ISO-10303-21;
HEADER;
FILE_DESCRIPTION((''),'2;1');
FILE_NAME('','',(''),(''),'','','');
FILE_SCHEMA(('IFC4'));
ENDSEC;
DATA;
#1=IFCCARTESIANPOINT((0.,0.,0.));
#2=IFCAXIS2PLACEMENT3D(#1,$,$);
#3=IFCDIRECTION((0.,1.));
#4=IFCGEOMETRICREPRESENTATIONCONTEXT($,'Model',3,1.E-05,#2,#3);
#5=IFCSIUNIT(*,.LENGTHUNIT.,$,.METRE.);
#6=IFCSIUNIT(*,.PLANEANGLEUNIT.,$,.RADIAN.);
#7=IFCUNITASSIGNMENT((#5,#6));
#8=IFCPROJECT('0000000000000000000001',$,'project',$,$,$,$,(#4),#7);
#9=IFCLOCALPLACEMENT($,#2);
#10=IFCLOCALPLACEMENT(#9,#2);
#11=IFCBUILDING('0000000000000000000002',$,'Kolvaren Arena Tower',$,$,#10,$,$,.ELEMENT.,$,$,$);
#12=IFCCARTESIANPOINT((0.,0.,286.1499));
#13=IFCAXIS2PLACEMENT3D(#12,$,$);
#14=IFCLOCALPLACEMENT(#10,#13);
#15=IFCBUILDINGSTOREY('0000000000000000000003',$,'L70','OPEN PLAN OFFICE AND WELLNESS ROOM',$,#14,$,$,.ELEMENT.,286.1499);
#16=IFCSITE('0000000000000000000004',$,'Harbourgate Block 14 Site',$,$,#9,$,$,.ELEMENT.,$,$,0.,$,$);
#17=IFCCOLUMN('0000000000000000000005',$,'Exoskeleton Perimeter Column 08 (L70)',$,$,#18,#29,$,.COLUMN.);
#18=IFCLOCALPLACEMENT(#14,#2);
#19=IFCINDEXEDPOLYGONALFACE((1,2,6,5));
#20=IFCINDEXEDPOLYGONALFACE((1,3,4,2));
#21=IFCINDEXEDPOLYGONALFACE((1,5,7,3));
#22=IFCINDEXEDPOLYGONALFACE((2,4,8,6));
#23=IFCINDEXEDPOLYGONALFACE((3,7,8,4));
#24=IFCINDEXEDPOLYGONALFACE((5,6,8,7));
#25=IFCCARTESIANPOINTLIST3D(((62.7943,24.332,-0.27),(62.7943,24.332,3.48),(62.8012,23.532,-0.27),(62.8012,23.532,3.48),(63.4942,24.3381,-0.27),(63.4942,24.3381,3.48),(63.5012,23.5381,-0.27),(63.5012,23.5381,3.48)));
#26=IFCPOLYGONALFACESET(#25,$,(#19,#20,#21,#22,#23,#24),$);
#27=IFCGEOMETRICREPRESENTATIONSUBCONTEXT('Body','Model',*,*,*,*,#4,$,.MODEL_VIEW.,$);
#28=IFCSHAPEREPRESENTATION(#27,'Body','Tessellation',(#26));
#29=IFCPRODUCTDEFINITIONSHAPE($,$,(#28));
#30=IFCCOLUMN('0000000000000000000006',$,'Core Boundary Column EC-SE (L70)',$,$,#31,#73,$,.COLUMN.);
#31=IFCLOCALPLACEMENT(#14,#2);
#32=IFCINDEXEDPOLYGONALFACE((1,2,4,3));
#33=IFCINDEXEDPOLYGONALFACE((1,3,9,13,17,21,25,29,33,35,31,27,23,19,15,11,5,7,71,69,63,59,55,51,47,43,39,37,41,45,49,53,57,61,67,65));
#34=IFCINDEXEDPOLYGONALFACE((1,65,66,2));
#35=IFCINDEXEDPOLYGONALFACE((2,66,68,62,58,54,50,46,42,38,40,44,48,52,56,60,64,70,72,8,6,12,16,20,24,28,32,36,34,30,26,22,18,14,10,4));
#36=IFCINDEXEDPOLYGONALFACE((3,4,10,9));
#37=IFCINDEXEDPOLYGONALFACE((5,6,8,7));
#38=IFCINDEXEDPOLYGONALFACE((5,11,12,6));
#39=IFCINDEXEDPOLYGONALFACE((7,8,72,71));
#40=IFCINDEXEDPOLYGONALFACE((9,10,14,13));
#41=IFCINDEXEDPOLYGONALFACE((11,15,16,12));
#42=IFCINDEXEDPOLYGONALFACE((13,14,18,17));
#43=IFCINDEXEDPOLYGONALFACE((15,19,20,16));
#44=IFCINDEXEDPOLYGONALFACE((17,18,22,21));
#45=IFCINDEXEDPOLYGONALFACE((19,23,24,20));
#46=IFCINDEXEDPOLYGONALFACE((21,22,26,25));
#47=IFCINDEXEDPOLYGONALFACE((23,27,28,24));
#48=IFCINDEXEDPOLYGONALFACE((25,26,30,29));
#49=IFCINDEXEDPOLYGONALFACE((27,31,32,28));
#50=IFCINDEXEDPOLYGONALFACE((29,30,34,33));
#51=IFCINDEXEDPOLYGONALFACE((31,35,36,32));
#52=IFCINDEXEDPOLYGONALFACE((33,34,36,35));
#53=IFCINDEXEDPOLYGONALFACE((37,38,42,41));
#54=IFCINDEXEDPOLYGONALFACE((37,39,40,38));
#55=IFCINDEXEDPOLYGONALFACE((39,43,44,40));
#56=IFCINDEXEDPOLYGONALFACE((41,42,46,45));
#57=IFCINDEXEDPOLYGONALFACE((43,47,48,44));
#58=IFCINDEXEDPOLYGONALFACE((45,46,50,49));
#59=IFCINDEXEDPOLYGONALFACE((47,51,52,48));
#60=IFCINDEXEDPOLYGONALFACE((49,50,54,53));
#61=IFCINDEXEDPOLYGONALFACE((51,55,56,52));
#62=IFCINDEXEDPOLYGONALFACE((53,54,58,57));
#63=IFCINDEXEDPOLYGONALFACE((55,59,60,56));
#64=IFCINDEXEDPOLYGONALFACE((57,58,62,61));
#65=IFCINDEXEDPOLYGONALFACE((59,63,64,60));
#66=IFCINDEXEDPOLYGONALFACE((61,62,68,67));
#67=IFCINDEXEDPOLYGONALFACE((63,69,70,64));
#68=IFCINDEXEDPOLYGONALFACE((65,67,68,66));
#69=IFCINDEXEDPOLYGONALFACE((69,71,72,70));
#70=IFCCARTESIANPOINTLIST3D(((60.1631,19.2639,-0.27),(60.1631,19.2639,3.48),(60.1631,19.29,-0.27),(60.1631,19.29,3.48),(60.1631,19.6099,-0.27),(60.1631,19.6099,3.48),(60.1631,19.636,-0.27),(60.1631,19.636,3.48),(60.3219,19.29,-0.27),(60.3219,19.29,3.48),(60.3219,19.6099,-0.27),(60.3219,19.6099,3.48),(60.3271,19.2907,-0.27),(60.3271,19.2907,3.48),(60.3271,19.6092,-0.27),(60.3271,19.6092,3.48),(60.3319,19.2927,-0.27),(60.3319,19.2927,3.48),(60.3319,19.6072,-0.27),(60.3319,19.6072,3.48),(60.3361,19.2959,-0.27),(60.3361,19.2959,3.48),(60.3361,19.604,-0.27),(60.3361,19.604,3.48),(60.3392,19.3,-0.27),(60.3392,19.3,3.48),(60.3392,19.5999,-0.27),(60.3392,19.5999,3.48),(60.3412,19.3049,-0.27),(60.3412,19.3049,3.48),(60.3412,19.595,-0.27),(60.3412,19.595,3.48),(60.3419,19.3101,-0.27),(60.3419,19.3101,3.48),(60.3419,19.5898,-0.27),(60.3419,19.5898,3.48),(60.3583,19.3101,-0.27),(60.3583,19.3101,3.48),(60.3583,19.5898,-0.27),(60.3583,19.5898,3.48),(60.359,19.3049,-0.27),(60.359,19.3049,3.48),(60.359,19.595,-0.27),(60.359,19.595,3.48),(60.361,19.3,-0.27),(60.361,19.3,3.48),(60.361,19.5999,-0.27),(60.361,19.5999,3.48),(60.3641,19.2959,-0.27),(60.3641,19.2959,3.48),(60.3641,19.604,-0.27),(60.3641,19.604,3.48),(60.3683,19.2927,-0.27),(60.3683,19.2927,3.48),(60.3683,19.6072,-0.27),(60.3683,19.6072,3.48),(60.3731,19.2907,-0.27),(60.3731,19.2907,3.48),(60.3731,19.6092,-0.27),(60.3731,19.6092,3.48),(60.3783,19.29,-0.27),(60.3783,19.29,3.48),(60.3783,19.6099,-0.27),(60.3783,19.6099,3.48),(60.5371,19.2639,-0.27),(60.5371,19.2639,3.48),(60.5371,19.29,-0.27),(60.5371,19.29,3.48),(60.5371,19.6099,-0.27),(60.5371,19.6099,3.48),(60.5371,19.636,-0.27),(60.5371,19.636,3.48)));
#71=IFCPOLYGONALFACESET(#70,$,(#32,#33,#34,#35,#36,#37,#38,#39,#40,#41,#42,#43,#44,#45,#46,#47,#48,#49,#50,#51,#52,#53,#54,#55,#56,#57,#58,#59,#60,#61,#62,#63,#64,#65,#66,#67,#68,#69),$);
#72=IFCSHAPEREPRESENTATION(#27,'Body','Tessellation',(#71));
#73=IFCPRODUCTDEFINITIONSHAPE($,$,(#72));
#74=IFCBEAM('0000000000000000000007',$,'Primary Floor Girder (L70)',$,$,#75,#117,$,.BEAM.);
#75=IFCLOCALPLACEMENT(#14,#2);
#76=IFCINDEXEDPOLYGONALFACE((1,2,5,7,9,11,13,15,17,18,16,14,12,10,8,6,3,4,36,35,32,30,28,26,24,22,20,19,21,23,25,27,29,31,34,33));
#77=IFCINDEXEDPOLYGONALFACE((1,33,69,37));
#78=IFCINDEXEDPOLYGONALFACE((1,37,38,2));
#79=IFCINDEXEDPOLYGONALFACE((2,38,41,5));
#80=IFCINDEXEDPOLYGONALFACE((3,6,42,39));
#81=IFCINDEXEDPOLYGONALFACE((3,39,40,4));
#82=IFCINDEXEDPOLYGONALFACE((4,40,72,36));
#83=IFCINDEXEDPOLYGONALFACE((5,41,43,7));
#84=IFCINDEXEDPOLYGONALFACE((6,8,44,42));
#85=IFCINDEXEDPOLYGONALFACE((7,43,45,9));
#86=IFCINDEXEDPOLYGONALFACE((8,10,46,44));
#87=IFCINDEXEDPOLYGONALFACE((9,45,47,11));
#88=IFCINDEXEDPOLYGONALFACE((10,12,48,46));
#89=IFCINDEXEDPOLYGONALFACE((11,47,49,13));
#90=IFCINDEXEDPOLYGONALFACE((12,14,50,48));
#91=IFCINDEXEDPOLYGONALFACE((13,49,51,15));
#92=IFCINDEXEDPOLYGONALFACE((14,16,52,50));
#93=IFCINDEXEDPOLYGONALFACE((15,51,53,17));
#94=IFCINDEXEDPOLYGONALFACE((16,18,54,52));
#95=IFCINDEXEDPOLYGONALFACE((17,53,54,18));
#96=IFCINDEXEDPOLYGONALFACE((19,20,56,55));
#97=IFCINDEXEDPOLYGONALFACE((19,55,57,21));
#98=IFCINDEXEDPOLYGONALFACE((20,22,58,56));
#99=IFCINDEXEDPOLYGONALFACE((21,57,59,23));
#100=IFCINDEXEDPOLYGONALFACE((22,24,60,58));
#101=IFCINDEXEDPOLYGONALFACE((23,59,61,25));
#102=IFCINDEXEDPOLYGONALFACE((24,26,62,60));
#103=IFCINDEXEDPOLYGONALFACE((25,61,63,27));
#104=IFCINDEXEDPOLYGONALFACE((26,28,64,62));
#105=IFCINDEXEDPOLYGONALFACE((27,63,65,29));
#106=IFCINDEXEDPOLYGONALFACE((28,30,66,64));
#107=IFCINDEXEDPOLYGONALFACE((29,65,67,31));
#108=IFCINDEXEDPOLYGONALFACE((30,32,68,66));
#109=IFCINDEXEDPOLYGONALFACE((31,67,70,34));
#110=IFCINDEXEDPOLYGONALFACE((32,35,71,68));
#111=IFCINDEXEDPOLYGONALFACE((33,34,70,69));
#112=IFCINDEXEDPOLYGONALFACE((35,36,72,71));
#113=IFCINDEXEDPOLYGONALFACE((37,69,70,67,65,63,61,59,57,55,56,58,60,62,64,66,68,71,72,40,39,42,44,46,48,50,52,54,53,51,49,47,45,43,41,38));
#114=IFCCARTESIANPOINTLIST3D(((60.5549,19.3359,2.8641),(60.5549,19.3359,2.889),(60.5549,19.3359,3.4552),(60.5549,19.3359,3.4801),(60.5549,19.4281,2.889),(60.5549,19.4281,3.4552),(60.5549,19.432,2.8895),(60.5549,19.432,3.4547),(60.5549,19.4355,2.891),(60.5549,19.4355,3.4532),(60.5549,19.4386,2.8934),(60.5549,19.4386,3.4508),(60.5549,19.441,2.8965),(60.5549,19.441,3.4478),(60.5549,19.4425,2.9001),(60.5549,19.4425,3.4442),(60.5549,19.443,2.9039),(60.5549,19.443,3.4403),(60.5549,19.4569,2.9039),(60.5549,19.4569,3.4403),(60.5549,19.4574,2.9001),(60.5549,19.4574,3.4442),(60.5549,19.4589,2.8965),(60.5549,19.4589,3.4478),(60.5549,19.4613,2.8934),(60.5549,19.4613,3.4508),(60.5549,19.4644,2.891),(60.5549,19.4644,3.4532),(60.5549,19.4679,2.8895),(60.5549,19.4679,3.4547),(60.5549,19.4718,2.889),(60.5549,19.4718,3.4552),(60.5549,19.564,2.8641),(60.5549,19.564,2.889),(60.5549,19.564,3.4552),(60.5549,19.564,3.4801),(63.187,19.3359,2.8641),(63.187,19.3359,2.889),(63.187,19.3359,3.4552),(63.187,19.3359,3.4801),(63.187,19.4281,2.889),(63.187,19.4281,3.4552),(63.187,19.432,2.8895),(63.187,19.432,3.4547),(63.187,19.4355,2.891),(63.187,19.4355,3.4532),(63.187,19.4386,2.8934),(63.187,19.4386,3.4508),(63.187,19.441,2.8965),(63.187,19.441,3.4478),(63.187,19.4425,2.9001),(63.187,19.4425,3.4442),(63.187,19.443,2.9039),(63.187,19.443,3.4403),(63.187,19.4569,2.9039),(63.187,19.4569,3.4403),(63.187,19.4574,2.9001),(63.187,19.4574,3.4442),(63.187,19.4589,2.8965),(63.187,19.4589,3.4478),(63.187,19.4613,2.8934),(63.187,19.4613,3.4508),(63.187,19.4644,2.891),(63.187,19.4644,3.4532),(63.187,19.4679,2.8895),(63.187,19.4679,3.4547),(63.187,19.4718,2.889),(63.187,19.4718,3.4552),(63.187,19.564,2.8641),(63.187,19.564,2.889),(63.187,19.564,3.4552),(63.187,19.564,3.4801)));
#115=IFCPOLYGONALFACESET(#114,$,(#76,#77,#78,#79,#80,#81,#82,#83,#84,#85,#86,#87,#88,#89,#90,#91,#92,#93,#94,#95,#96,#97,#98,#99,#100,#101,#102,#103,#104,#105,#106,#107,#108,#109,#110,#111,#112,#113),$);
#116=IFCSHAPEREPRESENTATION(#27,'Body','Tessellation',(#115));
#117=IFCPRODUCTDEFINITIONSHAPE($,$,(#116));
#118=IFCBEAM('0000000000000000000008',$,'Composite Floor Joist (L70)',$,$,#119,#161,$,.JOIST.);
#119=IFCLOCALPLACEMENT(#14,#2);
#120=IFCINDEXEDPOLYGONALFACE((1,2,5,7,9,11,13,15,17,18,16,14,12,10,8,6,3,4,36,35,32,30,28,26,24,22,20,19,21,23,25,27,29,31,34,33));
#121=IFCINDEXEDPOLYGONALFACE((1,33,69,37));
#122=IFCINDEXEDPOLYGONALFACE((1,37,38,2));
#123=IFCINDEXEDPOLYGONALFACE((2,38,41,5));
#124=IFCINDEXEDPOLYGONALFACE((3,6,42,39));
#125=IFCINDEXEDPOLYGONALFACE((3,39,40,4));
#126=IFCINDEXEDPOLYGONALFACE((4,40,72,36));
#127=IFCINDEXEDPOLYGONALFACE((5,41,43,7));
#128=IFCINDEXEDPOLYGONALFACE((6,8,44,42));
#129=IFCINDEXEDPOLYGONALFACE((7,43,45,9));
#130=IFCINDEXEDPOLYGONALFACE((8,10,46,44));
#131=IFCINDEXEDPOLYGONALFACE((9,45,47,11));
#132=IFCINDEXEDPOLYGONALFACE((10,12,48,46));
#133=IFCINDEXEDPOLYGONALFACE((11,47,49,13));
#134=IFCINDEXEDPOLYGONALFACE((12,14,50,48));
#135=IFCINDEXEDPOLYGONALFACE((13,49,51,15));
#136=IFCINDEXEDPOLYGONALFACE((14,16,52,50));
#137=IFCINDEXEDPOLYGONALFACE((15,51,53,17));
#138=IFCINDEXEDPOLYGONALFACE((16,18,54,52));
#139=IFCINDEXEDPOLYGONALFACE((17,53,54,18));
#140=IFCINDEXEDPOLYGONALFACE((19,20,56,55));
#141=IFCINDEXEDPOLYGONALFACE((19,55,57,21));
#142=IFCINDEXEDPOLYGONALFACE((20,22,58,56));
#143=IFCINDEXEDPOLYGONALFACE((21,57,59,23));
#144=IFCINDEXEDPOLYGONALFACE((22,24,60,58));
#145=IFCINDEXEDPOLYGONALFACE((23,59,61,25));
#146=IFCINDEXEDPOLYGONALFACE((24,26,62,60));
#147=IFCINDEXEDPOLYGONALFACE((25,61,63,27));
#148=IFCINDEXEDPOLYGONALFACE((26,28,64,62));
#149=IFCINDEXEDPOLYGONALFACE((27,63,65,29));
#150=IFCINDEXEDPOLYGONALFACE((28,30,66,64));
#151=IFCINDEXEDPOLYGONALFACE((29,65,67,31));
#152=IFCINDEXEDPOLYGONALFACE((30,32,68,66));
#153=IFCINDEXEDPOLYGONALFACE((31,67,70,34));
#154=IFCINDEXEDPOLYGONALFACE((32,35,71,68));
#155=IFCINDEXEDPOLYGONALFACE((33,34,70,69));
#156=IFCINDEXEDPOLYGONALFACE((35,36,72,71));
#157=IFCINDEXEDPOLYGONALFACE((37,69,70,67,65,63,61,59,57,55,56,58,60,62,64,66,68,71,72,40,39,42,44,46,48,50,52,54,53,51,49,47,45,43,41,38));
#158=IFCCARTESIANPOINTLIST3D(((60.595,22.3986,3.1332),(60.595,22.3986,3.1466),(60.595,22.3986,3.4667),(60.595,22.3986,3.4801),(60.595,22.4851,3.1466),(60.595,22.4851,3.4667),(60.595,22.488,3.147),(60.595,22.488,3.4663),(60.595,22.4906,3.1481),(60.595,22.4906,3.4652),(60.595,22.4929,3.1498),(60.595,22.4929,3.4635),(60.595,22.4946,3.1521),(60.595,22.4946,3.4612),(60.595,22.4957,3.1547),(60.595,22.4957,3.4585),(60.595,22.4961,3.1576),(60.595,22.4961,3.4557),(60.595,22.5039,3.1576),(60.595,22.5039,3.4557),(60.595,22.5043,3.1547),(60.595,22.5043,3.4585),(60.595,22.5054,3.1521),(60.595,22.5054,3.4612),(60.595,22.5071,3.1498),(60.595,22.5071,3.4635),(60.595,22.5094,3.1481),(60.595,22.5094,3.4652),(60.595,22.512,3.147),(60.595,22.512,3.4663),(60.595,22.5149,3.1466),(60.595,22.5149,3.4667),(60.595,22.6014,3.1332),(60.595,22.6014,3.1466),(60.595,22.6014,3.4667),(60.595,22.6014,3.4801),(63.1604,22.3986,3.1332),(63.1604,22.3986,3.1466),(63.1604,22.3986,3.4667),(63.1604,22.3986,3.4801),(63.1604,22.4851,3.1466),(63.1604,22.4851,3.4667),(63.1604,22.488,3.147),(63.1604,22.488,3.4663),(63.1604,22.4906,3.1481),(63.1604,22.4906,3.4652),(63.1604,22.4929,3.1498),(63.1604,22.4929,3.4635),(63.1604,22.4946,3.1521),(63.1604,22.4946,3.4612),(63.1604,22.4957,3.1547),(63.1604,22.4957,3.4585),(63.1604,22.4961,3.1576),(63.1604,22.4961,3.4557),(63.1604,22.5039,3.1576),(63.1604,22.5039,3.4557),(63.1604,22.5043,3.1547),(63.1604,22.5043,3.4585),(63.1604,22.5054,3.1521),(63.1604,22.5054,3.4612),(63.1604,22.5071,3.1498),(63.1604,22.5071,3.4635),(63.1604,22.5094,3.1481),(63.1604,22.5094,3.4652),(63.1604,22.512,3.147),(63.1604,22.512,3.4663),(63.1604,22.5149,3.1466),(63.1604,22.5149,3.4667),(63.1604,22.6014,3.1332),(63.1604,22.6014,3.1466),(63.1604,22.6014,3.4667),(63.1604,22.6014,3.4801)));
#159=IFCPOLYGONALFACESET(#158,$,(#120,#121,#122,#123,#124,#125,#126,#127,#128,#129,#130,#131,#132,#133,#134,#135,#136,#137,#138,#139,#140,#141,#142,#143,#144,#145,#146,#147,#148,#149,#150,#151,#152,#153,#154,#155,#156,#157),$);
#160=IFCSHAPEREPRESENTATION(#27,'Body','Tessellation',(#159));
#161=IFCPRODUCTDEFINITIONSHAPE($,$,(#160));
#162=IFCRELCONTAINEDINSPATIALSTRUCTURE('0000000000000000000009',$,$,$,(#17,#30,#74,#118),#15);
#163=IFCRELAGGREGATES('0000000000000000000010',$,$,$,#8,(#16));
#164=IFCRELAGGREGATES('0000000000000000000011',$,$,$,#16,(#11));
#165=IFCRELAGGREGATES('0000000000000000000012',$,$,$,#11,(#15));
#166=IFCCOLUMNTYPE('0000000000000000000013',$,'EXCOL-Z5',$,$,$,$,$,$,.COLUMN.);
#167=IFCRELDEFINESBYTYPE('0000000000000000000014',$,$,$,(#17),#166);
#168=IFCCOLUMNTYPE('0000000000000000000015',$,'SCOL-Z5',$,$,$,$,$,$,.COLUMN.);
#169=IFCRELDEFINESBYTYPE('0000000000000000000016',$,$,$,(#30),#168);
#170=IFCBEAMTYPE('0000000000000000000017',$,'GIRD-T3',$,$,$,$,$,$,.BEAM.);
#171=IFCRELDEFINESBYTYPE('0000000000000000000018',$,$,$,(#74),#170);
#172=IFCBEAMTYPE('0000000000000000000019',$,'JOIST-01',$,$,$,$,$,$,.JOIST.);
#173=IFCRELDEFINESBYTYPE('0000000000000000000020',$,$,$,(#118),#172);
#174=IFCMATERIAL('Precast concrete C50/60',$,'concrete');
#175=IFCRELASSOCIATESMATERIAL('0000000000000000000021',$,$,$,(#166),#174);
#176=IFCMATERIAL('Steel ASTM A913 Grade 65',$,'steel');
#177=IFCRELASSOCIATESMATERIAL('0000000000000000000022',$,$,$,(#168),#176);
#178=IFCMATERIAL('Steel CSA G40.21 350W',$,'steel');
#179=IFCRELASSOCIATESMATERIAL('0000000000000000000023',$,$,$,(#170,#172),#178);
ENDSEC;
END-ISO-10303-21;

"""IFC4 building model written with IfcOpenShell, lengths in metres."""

from ifc_helpers import new_model, si_unit, direction, frame, origin, origin_2d, place, context, subcontext, project, spatial, rectangle, i_section, extrude, material, material_profile, profile_set, type_object, element, save


model = new_model("IFC4")

# Units and contexts
model_context = context("Model", 3, precision=1e-05, world=origin(), true_north=direction((0.0, 1.0)))
body_context = subcontext(model_context, "Body", "Model", "MODEL_VIEW")
ifc_project = project(units=[si_unit("LENGTHUNIT", "METRE"), si_unit("PLANEANGLEUNIT", "RADIAN")], contexts=[model_context])

# Site, building, storey
site_placement = place(None, origin())
site = spatial("IfcSite", under=ifc_project, at=site_placement, Name="Harbourgate Block 14 Site", CompositionType="ELEMENT", RefElevation=0.0)
building_placement = place(site_placement, origin())
building = spatial("IfcBuilding", under=site, at=building_placement, Name="Kolvaren Arena Tower", CompositionType="ELEMENT")
storey_placement = place(building_placement, frame((0.0, 0.0, 286.1499)))
storey = spatial("IfcBuildingStorey", under=building, at=storey_placement, Name="L70", Description="OPEN PLAN OFFICE AND WELLNESS ROOM", CompositionType="ELEMENT", Elevation=286.1499)

# Columns
ifc_material_1 = material(Name="Precast concrete C50/60", Category="concrete")
ifc_material_profile_1 = material_profile(ifc_material_1, rectangle(XDim=0.8, YDim=0.7, at=origin_2d()), Name="RC-800x700")
ifc_profile_set_1 = profile_set([ifc_material_profile_1], Name="Precast concrete C50/60")
column_type_1 = type_object("IfcColumnType", Name="EXCOL-Z5", PredefinedType="COLUMN", material=ifc_profile_set_1)
column_1_placement = place(storey_placement, frame((63.1477, 23.9351, -0.27), z_axis=(0.0, 0.0, 1.0), x_axis=(-0.008727, 0.999962, 0.0)))
element("IfcColumn", 1, at=column_1_placement, inside=storey, type_object=column_type_1, Name="Exoskeleton Perimeter Column 08 (L70)", PredefinedType="COLUMN", context=body_context, shape_type="SweptSolid", body=[
    extrude(rectangle(XDim=0.8, YDim=0.7, at=origin_2d()), origin(), (0.0, 0.0, 1.0), 3.75),
])
ifc_material_2 = material(Name="Steel ASTM A913 Grade 65", Category="steel")
ifc_material_profile_2 = material_profile(ifc_material_2, i_section(OverallWidth=0.374, OverallDepth=0.3721, WebThickness=0.0164, FlangeThickness=0.0261, FilletRadius=0.02, at=origin_2d()), Name="W360x196")
ifc_profile_set_2 = profile_set([ifc_material_profile_2], Name="Steel ASTM A913 Grade 65")
column_type_2 = type_object("IfcColumnType", Name="SCOL-Z5", PredefinedType="COLUMN", material=ifc_profile_set_2)
column_2_placement = place(storey_placement, frame((60.3501, 19.45, -0.27), z_axis=(0.0, 0.0, 1.0), x_axis=(1.0, 0.0, 0.0)))
element("IfcColumn", 2, at=column_2_placement, inside=storey, type_object=column_type_2, Name="Core Boundary Column EC-SE (L70)", PredefinedType="COLUMN", context=body_context, shape_type="SweptSolid", body=[
    extrude(i_section(OverallWidth=0.374, OverallDepth=0.3721, WebThickness=0.0164, FlangeThickness=0.0261, FilletRadius=0.02, at=origin_2d()), origin(), (0.0, 0.0, 1.0), 3.75),
])

# Beams
ifc_material_3 = material(Name="Steel CSA G40.21 350W", Category="steel")
ifc_material_profile_3 = material_profile(ifc_material_3, i_section(OverallWidth=0.228, OverallDepth=0.616, WebThickness=0.0139, FlangeThickness=0.0249, FilletRadius=0.0149, at=origin_2d()), Name="W610x174")
ifc_profile_set_3 = profile_set([ifc_material_profile_3], Name="Steel CSA G40.21 350W")
beam_type_1 = type_object("IfcBeamType", Name="GIRD-T3", PredefinedType="BEAM", material=ifc_profile_set_3)
beam_1_placement = place(storey_placement, frame((60.5549, 19.45, 3.1721), z_axis=(1.0, 0.0, 0.0), x_axis=(0.0, 1.0, 0.0)))
element("IfcBeam", 3, at=beam_1_placement, inside=storey, type_object=beam_type_1, Name="Primary Floor Girder (L70)", PredefinedType="BEAM", context=body_context, shape_type="SweptSolid", body=[
    extrude(i_section(OverallWidth=0.228, OverallDepth=0.616, WebThickness=0.0139, FlangeThickness=0.0249, FilletRadius=0.0149, at=origin_2d()), origin(), (0.0, 0.0, 1.0), 2.6321),
])
ifc_material_profile_4 = material_profile(ifc_material_3, i_section(OverallWidth=0.2029, OverallDepth=0.3469, WebThickness=0.0078, FlangeThickness=0.0134, FilletRadius=0.011, at=origin_2d()), Name="W360x64")
ifc_profile_set_4 = profile_set([ifc_material_profile_4], Name="Steel CSA G40.21 350W")
beam_type_2 = type_object("IfcBeamType", Name="JOIST-01", PredefinedType="JOIST", material=ifc_profile_set_4)
beam_2_placement = place(storey_placement, frame((60.595, 22.5, 3.3066), z_axis=(1.0, 0.0, 0.0), x_axis=(0.0, 1.0, 0.0)))
element("IfcBeam", 4, at=beam_2_placement, inside=storey, type_object=beam_type_2, Name="Composite Floor Joist (L70)", PredefinedType="JOIST", context=body_context, shape_type="SweptSolid", body=[
    extrude(i_section(OverallWidth=0.2029, OverallDepth=0.3469, WebThickness=0.0078, FlangeThickness=0.0134, FilletRadius=0.011, at=origin_2d()), origin(), (0.0, 0.0, 1.0), 2.5654),
])

save(model, "model.ifc")
